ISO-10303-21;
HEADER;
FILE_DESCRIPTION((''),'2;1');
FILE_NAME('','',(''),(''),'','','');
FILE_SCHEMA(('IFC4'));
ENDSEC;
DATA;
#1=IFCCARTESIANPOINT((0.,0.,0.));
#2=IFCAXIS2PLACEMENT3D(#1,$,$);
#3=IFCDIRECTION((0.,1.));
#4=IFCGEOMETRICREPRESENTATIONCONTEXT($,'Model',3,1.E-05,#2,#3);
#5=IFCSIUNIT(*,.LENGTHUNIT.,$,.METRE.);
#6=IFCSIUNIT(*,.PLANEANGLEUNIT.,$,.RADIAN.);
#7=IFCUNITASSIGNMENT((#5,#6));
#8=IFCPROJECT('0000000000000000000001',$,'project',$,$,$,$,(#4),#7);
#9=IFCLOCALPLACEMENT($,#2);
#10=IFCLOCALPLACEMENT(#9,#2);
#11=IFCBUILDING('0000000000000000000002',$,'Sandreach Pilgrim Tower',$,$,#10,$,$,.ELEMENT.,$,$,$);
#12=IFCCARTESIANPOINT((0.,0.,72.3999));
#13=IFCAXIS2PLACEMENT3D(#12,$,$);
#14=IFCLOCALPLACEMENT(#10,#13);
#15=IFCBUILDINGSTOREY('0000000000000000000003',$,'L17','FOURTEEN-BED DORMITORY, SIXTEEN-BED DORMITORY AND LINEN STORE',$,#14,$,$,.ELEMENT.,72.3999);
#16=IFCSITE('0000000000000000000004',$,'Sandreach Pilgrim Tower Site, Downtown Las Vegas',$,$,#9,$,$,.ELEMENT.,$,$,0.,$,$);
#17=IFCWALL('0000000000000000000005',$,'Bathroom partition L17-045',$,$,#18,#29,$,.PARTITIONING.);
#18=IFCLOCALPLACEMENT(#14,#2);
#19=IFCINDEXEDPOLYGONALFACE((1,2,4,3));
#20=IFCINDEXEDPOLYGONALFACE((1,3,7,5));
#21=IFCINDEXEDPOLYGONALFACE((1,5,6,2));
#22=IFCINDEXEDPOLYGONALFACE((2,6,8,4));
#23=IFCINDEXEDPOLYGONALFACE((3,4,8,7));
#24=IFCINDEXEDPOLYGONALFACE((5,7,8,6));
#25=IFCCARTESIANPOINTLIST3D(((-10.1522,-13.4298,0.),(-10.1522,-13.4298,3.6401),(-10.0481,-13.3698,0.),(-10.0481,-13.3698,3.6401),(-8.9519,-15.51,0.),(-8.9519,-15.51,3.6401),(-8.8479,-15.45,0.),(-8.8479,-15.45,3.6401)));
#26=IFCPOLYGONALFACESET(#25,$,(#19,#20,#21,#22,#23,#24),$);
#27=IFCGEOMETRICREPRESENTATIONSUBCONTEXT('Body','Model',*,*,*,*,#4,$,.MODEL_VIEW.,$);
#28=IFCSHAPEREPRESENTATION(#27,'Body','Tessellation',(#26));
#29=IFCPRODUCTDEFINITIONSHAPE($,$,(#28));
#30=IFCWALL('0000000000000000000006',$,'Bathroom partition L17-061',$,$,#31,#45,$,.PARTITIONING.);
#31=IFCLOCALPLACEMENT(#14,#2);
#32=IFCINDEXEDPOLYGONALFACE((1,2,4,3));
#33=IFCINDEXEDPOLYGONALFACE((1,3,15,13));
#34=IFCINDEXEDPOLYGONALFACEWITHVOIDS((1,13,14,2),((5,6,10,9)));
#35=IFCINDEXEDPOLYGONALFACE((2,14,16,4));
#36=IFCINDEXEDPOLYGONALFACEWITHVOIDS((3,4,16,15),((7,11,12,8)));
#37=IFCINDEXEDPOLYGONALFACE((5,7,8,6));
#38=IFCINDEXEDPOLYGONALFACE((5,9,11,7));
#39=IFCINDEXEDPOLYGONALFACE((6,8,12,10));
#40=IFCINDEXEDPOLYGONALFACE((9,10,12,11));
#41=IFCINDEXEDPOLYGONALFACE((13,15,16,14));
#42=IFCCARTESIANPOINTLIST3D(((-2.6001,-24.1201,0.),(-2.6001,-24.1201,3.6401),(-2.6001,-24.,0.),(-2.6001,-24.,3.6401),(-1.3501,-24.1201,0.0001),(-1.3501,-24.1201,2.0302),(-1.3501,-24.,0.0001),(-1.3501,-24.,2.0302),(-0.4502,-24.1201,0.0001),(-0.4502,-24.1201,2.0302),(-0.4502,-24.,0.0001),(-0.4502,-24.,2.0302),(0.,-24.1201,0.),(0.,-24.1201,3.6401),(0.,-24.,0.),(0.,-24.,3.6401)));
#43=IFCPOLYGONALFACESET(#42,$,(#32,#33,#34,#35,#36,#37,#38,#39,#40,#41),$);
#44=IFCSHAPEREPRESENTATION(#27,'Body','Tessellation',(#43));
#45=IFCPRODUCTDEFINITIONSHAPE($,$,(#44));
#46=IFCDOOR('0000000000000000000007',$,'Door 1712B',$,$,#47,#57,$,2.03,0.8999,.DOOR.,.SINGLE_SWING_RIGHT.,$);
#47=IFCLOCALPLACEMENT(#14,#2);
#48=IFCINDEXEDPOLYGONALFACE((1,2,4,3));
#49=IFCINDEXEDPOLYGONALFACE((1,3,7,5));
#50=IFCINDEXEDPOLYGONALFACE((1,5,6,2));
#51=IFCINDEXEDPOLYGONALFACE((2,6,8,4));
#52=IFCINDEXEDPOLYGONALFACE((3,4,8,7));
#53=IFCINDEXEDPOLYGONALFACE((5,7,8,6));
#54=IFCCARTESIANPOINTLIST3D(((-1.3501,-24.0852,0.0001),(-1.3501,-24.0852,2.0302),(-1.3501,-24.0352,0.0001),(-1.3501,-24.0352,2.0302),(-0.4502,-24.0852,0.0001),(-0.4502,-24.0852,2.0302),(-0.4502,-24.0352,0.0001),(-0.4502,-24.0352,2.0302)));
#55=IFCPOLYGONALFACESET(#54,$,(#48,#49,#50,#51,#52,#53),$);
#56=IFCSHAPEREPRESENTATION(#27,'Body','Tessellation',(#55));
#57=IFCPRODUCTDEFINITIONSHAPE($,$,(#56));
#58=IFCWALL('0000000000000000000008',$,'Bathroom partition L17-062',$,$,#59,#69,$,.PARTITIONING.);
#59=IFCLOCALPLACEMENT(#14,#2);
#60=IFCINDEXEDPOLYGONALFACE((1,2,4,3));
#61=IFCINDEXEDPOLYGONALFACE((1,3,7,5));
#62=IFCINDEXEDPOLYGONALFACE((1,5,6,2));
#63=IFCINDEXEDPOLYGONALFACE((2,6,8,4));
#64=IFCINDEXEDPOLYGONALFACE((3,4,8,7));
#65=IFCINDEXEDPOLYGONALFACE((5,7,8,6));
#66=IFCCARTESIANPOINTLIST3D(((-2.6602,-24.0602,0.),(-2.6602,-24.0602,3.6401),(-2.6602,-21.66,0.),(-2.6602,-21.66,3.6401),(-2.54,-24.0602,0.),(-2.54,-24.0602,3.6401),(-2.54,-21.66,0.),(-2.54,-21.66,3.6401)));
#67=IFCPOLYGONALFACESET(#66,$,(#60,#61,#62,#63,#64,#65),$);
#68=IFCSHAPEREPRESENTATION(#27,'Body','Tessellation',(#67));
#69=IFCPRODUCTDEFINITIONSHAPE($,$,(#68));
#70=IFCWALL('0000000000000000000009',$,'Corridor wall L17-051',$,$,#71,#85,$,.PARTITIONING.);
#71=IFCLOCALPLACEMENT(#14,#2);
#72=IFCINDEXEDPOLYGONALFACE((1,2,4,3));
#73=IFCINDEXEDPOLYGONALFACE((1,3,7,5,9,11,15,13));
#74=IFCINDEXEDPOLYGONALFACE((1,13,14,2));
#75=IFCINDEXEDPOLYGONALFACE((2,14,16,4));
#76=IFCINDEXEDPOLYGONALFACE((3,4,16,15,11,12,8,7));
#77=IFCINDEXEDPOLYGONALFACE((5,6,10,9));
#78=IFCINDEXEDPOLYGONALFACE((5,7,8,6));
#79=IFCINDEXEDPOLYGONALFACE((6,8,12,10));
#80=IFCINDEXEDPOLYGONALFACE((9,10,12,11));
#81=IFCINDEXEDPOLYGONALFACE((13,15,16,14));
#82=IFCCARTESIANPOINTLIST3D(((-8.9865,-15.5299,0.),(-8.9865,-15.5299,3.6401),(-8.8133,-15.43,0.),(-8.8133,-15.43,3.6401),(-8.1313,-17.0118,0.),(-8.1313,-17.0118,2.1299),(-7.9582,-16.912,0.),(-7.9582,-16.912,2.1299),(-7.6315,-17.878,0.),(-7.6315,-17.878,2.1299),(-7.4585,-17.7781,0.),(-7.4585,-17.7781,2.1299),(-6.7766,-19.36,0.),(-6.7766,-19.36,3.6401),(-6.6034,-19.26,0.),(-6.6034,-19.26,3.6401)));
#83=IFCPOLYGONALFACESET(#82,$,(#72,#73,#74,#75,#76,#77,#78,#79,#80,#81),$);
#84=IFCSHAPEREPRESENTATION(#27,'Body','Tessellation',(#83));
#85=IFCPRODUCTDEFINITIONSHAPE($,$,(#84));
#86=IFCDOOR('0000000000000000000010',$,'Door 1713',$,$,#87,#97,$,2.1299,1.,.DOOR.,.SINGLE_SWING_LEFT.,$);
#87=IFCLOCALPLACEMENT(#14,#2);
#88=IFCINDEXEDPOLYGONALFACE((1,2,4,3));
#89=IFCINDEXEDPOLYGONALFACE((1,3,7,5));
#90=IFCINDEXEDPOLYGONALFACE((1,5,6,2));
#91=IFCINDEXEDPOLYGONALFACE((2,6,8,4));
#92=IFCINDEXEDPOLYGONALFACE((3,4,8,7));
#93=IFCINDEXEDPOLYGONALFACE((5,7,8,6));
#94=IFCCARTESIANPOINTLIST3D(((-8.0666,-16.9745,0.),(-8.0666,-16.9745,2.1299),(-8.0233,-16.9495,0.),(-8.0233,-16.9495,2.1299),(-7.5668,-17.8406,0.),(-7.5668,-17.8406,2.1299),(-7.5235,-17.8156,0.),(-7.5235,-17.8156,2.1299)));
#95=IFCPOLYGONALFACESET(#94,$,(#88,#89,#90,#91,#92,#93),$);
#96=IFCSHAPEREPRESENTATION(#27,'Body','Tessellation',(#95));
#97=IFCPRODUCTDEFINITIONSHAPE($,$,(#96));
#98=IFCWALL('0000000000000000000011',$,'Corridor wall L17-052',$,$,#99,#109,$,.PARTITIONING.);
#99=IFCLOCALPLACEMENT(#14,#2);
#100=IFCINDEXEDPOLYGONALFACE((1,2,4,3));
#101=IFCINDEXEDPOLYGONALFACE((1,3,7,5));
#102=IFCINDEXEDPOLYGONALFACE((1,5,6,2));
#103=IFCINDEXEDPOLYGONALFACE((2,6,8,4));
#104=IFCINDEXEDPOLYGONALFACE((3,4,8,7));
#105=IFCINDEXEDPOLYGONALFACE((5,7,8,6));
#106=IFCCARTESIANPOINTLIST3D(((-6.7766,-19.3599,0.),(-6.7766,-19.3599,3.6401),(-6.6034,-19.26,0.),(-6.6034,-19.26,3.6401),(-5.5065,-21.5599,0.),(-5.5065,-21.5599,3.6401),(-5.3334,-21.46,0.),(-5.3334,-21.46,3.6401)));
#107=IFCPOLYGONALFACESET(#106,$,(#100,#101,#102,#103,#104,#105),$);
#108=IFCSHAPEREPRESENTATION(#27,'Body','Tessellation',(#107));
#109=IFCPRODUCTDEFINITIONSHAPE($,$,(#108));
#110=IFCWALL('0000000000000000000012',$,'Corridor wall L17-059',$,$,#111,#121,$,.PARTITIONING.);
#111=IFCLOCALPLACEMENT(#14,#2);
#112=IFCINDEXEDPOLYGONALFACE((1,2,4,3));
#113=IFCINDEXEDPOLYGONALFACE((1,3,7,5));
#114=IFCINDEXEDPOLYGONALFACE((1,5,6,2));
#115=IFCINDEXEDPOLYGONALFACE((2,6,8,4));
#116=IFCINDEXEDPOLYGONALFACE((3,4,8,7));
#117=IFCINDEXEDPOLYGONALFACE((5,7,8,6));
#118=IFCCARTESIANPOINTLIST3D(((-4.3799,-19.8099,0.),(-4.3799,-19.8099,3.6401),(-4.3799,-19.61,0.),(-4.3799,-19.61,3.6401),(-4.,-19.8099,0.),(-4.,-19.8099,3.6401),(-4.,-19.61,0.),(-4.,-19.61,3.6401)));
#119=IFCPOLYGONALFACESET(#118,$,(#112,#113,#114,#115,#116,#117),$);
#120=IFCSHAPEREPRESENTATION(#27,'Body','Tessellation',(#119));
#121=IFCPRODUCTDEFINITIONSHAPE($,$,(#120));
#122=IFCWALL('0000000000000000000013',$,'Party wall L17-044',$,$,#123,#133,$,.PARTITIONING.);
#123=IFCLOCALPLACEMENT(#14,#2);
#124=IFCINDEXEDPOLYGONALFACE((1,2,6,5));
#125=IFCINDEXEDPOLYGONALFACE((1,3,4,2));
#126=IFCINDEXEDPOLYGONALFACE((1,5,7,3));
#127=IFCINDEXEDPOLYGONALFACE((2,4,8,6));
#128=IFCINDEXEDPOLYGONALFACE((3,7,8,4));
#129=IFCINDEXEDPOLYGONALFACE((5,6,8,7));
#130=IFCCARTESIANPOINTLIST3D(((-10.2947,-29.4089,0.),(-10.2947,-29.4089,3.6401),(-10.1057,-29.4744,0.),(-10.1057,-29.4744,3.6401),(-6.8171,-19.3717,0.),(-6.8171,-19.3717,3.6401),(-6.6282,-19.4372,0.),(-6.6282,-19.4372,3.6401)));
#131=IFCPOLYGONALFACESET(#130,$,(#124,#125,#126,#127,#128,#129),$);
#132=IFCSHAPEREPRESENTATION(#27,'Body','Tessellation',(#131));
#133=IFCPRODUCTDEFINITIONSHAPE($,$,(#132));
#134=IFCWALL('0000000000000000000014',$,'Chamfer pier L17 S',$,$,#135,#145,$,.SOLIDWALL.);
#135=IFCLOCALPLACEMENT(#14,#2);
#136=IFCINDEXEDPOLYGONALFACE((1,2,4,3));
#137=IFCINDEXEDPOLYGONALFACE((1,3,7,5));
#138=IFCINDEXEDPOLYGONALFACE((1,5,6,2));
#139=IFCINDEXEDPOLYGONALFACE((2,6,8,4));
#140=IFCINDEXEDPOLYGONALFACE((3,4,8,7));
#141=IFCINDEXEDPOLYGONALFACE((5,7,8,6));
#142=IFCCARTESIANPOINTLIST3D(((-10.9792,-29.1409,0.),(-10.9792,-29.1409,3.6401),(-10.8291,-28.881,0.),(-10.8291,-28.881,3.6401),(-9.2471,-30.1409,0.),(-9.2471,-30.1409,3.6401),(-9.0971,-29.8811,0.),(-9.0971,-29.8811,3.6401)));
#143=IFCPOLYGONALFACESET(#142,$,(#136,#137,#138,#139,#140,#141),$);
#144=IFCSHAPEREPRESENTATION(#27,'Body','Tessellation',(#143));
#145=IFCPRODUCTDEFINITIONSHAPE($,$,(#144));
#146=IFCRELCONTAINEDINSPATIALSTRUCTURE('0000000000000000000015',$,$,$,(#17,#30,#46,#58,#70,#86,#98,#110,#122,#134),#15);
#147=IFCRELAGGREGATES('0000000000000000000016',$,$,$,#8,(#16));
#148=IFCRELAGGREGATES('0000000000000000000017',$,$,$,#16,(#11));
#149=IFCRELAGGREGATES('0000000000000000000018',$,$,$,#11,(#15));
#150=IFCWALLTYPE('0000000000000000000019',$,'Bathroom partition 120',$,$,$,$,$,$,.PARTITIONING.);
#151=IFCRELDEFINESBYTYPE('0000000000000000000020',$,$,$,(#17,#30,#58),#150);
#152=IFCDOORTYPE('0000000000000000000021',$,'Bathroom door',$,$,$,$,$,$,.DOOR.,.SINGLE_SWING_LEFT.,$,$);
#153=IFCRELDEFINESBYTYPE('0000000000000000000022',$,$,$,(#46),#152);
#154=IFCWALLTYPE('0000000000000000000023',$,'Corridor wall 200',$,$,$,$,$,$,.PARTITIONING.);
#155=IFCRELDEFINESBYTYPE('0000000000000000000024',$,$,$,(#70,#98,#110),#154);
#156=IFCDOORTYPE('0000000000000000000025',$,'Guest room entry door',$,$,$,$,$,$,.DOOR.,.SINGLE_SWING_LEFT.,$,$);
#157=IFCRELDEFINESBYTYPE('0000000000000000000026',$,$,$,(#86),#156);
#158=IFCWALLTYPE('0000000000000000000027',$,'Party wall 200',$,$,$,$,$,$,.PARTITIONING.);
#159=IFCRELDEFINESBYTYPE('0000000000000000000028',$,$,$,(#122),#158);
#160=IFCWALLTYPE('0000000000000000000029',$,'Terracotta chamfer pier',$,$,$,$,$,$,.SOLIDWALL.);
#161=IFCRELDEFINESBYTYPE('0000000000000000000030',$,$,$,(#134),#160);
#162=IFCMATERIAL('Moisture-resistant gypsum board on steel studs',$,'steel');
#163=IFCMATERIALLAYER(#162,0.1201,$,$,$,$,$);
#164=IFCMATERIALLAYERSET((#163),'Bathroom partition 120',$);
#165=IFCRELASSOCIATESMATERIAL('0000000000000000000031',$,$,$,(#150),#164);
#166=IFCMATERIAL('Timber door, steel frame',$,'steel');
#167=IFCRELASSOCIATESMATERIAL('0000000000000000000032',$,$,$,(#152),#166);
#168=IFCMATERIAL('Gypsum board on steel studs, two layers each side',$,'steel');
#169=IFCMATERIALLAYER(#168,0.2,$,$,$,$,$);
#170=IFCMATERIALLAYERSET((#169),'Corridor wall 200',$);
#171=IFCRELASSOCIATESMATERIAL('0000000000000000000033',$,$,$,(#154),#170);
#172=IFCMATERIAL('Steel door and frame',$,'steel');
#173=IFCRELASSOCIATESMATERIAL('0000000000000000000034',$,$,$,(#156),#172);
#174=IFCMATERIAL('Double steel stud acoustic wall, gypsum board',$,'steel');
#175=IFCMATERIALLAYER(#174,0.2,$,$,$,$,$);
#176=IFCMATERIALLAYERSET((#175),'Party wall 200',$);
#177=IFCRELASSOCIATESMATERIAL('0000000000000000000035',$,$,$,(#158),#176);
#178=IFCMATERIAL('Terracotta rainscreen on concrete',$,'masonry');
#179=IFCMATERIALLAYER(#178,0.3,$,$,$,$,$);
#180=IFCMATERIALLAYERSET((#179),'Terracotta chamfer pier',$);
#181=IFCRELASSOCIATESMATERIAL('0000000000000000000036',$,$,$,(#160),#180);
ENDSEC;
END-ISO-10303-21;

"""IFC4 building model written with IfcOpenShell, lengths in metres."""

from ifc_helpers import new_model, si_unit, direction, frame, frame_2d, origin, place, context, subcontext, project, spatial, rectangle, extrude, material, layer, layer_set, type_object, element, fill, save


model = new_model("IFC4")

# Units and contexts
model_context = context("Model", 3, precision=1e-05, world=origin(), true_north=direction((0.0, 1.0)))
body_context = subcontext(model_context, "Body", "Model", "MODEL_VIEW")
ifc_project = project(units=[si_unit("LENGTHUNIT", "METRE"), si_unit("PLANEANGLEUNIT", "RADIAN")], contexts=[model_context])

# Site, building, storey
site_placement = place(None, origin())
site = spatial("IfcSite", under=ifc_project, at=site_placement, Name="Sandreach Pilgrim Tower Site, Downtown Las Vegas", CompositionType="ELEMENT", RefElevation=0.0)
building_placement = place(site_placement, origin())
building = spatial("IfcBuilding", under=site, at=building_placement, Name="Sandreach Pilgrim Tower", CompositionType="ELEMENT")
storey_placement = place(building_placement, frame((0.0, 0.0, 72.3999)))
storey = spatial("IfcBuildingStorey", under=building, at=storey_placement, Name="L17", Description="FOURTEEN-BED DORMITORY, SIXTEEN-BED DORMITORY AND LINEN STORE", CompositionType="ELEMENT", Elevation=72.3999)

# Wall
ifc_material_1 = material(Name="Moisture-resistant gypsum board on steel studs", Category="steel")
ifc_layer_1 = layer(ifc_material_1, 0.1201)
ifc_layer_set_1 = layer_set([ifc_layer_1], Name="Bathroom partition 120")
wall_type_1 = type_object("IfcWallType", Name="Bathroom partition 120", PredefinedType="PARTITIONING", material=ifc_layer_set_1)
wall_1_placement = place(storey_placement, frame((-10.1001, -13.3999, 0.0), z_axis=(0.0, 0.0, 1.0), x_axis=(0.499769, -0.866159, 0.0)))
element("IfcWall", 1, at=wall_1_placement, inside=storey, type_object=wall_type_1, Name="Bathroom partition L17-045", PredefinedType="PARTITIONING", context=body_context, shape_type="SweptSolid", body=[
    extrude(rectangle(XDim=2.4016, YDim=0.1201, at=frame_2d((1.2007, 0.0))), origin(), (0.0, 0.0, 1.0), 3.6401),
])

# Wall, opening, door
wall_2_placement = place(storey_placement, frame((-2.6001, -24.0601, 0.0), z_axis=(0.0, 0.0, 1.0), x_axis=(1.0, 0.0, 0.0)))
wall_2 = element("IfcWall", 2, at=wall_2_placement, inside=storey, type_object=wall_type_1, Name="Bathroom partition L17-061", PredefinedType="PARTITIONING", context=body_context, shape_type="SweptSolid", body=[
    extrude(rectangle(XDim=2.6001, YDim=0.1201, at=frame_2d((1.3, 0.0))), origin(), (0.0, 0.0, 1.0), 3.6401),
])
opening_1_placement = place(wall_2_placement, frame((1.25, 0.0, 0.0)))
opening_1 = element("IfcOpeningElement", 3, at=opening_1_placement, cuts=wall_2, PredefinedType="OPENING", context=body_context, shape_type="SweptSolid", body=[
    extrude(rectangle(XDim=0.8999, YDim=2.03, at=frame_2d((0.45, 1.0151))), frame((0.0, 0.0601, 0.0), z_axis=(0.0, -1.0, 0.0), x_axis=(1.0, 0.0, 0.0)), (0.0, 0.0, 1.0), 0.1201),
])
ifc_material_2 = material(Name="Timber door, steel frame", Category="steel")
door_type_1 = type_object("IfcDoorType", Name="Bathroom door", OperationType="SINGLE_SWING_LEFT", PredefinedType="DOOR", material=ifc_material_2)
door_1_placement = place(opening_1_placement, origin())
door_1 = element("IfcDoor", 4, at=door_1_placement, inside=storey, type_object=door_type_1, Name="Door 1712B", OperationType="SINGLE_SWING_RIGHT", OverallHeight=2.03, OverallWidth=0.8999, PredefinedType="DOOR", context=body_context, shape_type="SweptSolid", body=[
    extrude(rectangle(XDim=0.8999, YDim=2.03, at=frame_2d((0.45, 1.0151))), frame((0.0, 0.0249, 0.0), z_axis=(0.0, -1.0, 0.0), x_axis=(1.0, 0.0, 0.0)), (0.0, 0.0, 1.0), 0.05),
])
fill(opening_1, door_1)

# Wall
wall_3_placement = place(storey_placement, frame((-2.6001, -21.6599, 0.0), z_axis=(0.0, 0.0, 1.0), x_axis=(0.0, -1.0, 0.0)))
element("IfcWall", 5, at=wall_3_placement, inside=storey, type_object=wall_type_1, Name="Bathroom partition L17-062", PredefinedType="PARTITIONING", context=body_context, shape_type="SweptSolid", body=[
    extrude(rectangle(XDim=2.4001, YDim=0.1201, at=frame_2d((1.2002, 0.0))), origin(), (0.0, 0.0, 1.0), 3.6401),
])

# Wall, opening, door
ifc_material_3 = material(Name="Gypsum board on steel studs, two layers each side", Category="steel")
ifc_layer_2 = layer(ifc_material_3, 0.2)
ifc_layer_set_2 = layer_set([ifc_layer_2], Name="Corridor wall 200")
wall_type_2 = type_object("IfcWallType", Name="Corridor wall 200", PredefinedType="PARTITIONING", material=ifc_layer_set_2)
wall_4_placement = place(storey_placement, frame((-8.8999, -15.48, 0.0), z_axis=(0.0, 0.0, 1.0), x_axis=(0.499773, -0.866156, 0.0)))
wall_4 = element("IfcWall", 6, at=wall_4_placement, inside=storey, type_object=wall_type_2, Name="Corridor wall L17-051", PredefinedType="PARTITIONING", context=body_context, shape_type="SweptSolid", body=[
    extrude(rectangle(XDim=4.4219, YDim=0.2, at=frame_2d((2.2109, 0.0))), origin(), (0.0, 0.0, 1.0), 3.6401),
])
opening_2_placement = place(wall_4_placement, frame((1.7109, 0.0, 0.0)))
opening_2 = element("IfcOpeningElement", 7, at=opening_2_placement, cuts=wall_4, PredefinedType="OPENING", context=body_context, shape_type="SweptSolid", body=[
    extrude(rectangle(XDim=1.0, YDim=2.1299, at=frame_2d((0.5, 1.0649))), frame((0.0, 0.1001, 0.0), z_axis=(0.0, -1.0, 0.0), x_axis=(1.0, 0.0, 0.0)), (0.0, 0.0, 1.0), 0.2),
])
ifc_material_4 = material(Name="Steel door and frame", Category="steel")
door_type_2 = type_object("IfcDoorType", Name="Guest room entry door", OperationType="SINGLE_SWING_LEFT", PredefinedType="DOOR", material=ifc_material_4)
door_2_placement = place(opening_2_placement, origin())
door_2 = element("IfcDoor", 8, at=door_2_placement, inside=storey, type_object=door_type_2, Name="Door 1713", OperationType="SINGLE_SWING_LEFT", OverallHeight=2.1299, OverallWidth=1.0, PredefinedType="DOOR", context=body_context, shape_type="SweptSolid", body=[
    extrude(rectangle(XDim=1.0, YDim=2.1299, at=frame_2d((0.5, 1.0649))), frame((0.0, 0.0249, 0.0), z_axis=(0.0, -1.0, 0.0), x_axis=(1.0, 0.0, 0.0)), (0.0, 0.0, 1.0), 0.05),
])
fill(opening_2, door_2)

# Wall
wall_5_placement = place(storey_placement, frame((-6.6899, -19.3101, 0.0), z_axis=(0.0, 0.0, 1.0), x_axis=(0.499964, -0.866046, 0.0)))
element("IfcWall", 9, at=wall_5_placement, inside=storey, type_object=wall_type_2, Name="Corridor wall L17-052", PredefinedType="PARTITIONING", context=body_context, shape_type="SweptSolid", body=[
    extrude(rectangle(XDim=2.5403, YDim=0.2, at=frame_2d((1.27, 0.0))), origin(), (0.0, 0.0, 1.0), 3.6401),
])

# Walls
wall_6_placement = place(storey_placement, frame((-4.0, -19.71, 0.0), z_axis=(0.0, 0.0, 1.0), x_axis=(-1.0, 0.0, 0.0)))
element("IfcWall", 10, at=wall_6_placement, inside=storey, type_object=wall_type_2, Name="Corridor wall L17-059", PredefinedType="PARTITIONING", context=body_context, shape_type="SweptSolid", body=[
    extrude(rectangle(XDim=0.3799, YDim=0.2, at=frame_2d((0.1899, 0.0))), origin(), (0.0, 0.0, 1.0), 3.6401),
])
ifc_material_5 = material(Name="Double steel stud acoustic wall, gypsum board", Category="steel")
ifc_layer_3 = layer(ifc_material_5, 0.2)
ifc_layer_set_3 = layer_set([ifc_layer_3], Name="Party wall 200")
wall_type_3 = type_object("IfcWallType", Name="Party wall 200", PredefinedType="PARTITIONING", material=ifc_layer_set_3)
wall_7_placement = place(storey_placement, frame((-10.2002, -29.4417, 0.0), z_axis=(0.0, 0.0, 1.0), x_axis=(0.327376, 0.944894, 0.0)))
element("IfcWall", 11, at=wall_7_placement, inside=storey, type_object=wall_type_3, Name="Party wall L17-044", PredefinedType="PARTITIONING", context=body_context, shape_type="SweptSolid", body=[
    extrude(rectangle(XDim=10.6226, YDim=0.2, at=frame_2d((5.3113, 0.0))), origin(), (0.0, 0.0, 1.0), 3.6401),
])
ifc_material_6 = material(Name="Terracotta rainscreen on concrete", Category="masonry")
ifc_layer_4 = layer(ifc_material_6, 0.3)
ifc_layer_set_4 = layer_set([ifc_layer_4], Name="Terracotta chamfer pier")
wall_type_4 = type_object("IfcWallType", Name="Terracotta chamfer pier", PredefinedType="SOLIDWALL", material=ifc_layer_set_4)
wall_8_placement = place(storey_placement, frame((-9.1721, -30.011, 0.0), z_axis=(0.0, 0.0, 1.0), x_axis=(-0.866011, 0.500025, 0.0)))
element("IfcWall", 12, at=wall_8_placement, inside=storey, type_object=wall_type_4, Name="Chamfer pier L17 S", PredefinedType="SOLIDWALL", context=body_context, shape_type="SweptSolid", body=[
    extrude(rectangle(XDim=2.0, YDim=0.3, at=frame_2d((1.0, 0.0))), origin(), (0.0, 0.0, 1.0), 3.6401),
])

save(model, "model.ifc")
